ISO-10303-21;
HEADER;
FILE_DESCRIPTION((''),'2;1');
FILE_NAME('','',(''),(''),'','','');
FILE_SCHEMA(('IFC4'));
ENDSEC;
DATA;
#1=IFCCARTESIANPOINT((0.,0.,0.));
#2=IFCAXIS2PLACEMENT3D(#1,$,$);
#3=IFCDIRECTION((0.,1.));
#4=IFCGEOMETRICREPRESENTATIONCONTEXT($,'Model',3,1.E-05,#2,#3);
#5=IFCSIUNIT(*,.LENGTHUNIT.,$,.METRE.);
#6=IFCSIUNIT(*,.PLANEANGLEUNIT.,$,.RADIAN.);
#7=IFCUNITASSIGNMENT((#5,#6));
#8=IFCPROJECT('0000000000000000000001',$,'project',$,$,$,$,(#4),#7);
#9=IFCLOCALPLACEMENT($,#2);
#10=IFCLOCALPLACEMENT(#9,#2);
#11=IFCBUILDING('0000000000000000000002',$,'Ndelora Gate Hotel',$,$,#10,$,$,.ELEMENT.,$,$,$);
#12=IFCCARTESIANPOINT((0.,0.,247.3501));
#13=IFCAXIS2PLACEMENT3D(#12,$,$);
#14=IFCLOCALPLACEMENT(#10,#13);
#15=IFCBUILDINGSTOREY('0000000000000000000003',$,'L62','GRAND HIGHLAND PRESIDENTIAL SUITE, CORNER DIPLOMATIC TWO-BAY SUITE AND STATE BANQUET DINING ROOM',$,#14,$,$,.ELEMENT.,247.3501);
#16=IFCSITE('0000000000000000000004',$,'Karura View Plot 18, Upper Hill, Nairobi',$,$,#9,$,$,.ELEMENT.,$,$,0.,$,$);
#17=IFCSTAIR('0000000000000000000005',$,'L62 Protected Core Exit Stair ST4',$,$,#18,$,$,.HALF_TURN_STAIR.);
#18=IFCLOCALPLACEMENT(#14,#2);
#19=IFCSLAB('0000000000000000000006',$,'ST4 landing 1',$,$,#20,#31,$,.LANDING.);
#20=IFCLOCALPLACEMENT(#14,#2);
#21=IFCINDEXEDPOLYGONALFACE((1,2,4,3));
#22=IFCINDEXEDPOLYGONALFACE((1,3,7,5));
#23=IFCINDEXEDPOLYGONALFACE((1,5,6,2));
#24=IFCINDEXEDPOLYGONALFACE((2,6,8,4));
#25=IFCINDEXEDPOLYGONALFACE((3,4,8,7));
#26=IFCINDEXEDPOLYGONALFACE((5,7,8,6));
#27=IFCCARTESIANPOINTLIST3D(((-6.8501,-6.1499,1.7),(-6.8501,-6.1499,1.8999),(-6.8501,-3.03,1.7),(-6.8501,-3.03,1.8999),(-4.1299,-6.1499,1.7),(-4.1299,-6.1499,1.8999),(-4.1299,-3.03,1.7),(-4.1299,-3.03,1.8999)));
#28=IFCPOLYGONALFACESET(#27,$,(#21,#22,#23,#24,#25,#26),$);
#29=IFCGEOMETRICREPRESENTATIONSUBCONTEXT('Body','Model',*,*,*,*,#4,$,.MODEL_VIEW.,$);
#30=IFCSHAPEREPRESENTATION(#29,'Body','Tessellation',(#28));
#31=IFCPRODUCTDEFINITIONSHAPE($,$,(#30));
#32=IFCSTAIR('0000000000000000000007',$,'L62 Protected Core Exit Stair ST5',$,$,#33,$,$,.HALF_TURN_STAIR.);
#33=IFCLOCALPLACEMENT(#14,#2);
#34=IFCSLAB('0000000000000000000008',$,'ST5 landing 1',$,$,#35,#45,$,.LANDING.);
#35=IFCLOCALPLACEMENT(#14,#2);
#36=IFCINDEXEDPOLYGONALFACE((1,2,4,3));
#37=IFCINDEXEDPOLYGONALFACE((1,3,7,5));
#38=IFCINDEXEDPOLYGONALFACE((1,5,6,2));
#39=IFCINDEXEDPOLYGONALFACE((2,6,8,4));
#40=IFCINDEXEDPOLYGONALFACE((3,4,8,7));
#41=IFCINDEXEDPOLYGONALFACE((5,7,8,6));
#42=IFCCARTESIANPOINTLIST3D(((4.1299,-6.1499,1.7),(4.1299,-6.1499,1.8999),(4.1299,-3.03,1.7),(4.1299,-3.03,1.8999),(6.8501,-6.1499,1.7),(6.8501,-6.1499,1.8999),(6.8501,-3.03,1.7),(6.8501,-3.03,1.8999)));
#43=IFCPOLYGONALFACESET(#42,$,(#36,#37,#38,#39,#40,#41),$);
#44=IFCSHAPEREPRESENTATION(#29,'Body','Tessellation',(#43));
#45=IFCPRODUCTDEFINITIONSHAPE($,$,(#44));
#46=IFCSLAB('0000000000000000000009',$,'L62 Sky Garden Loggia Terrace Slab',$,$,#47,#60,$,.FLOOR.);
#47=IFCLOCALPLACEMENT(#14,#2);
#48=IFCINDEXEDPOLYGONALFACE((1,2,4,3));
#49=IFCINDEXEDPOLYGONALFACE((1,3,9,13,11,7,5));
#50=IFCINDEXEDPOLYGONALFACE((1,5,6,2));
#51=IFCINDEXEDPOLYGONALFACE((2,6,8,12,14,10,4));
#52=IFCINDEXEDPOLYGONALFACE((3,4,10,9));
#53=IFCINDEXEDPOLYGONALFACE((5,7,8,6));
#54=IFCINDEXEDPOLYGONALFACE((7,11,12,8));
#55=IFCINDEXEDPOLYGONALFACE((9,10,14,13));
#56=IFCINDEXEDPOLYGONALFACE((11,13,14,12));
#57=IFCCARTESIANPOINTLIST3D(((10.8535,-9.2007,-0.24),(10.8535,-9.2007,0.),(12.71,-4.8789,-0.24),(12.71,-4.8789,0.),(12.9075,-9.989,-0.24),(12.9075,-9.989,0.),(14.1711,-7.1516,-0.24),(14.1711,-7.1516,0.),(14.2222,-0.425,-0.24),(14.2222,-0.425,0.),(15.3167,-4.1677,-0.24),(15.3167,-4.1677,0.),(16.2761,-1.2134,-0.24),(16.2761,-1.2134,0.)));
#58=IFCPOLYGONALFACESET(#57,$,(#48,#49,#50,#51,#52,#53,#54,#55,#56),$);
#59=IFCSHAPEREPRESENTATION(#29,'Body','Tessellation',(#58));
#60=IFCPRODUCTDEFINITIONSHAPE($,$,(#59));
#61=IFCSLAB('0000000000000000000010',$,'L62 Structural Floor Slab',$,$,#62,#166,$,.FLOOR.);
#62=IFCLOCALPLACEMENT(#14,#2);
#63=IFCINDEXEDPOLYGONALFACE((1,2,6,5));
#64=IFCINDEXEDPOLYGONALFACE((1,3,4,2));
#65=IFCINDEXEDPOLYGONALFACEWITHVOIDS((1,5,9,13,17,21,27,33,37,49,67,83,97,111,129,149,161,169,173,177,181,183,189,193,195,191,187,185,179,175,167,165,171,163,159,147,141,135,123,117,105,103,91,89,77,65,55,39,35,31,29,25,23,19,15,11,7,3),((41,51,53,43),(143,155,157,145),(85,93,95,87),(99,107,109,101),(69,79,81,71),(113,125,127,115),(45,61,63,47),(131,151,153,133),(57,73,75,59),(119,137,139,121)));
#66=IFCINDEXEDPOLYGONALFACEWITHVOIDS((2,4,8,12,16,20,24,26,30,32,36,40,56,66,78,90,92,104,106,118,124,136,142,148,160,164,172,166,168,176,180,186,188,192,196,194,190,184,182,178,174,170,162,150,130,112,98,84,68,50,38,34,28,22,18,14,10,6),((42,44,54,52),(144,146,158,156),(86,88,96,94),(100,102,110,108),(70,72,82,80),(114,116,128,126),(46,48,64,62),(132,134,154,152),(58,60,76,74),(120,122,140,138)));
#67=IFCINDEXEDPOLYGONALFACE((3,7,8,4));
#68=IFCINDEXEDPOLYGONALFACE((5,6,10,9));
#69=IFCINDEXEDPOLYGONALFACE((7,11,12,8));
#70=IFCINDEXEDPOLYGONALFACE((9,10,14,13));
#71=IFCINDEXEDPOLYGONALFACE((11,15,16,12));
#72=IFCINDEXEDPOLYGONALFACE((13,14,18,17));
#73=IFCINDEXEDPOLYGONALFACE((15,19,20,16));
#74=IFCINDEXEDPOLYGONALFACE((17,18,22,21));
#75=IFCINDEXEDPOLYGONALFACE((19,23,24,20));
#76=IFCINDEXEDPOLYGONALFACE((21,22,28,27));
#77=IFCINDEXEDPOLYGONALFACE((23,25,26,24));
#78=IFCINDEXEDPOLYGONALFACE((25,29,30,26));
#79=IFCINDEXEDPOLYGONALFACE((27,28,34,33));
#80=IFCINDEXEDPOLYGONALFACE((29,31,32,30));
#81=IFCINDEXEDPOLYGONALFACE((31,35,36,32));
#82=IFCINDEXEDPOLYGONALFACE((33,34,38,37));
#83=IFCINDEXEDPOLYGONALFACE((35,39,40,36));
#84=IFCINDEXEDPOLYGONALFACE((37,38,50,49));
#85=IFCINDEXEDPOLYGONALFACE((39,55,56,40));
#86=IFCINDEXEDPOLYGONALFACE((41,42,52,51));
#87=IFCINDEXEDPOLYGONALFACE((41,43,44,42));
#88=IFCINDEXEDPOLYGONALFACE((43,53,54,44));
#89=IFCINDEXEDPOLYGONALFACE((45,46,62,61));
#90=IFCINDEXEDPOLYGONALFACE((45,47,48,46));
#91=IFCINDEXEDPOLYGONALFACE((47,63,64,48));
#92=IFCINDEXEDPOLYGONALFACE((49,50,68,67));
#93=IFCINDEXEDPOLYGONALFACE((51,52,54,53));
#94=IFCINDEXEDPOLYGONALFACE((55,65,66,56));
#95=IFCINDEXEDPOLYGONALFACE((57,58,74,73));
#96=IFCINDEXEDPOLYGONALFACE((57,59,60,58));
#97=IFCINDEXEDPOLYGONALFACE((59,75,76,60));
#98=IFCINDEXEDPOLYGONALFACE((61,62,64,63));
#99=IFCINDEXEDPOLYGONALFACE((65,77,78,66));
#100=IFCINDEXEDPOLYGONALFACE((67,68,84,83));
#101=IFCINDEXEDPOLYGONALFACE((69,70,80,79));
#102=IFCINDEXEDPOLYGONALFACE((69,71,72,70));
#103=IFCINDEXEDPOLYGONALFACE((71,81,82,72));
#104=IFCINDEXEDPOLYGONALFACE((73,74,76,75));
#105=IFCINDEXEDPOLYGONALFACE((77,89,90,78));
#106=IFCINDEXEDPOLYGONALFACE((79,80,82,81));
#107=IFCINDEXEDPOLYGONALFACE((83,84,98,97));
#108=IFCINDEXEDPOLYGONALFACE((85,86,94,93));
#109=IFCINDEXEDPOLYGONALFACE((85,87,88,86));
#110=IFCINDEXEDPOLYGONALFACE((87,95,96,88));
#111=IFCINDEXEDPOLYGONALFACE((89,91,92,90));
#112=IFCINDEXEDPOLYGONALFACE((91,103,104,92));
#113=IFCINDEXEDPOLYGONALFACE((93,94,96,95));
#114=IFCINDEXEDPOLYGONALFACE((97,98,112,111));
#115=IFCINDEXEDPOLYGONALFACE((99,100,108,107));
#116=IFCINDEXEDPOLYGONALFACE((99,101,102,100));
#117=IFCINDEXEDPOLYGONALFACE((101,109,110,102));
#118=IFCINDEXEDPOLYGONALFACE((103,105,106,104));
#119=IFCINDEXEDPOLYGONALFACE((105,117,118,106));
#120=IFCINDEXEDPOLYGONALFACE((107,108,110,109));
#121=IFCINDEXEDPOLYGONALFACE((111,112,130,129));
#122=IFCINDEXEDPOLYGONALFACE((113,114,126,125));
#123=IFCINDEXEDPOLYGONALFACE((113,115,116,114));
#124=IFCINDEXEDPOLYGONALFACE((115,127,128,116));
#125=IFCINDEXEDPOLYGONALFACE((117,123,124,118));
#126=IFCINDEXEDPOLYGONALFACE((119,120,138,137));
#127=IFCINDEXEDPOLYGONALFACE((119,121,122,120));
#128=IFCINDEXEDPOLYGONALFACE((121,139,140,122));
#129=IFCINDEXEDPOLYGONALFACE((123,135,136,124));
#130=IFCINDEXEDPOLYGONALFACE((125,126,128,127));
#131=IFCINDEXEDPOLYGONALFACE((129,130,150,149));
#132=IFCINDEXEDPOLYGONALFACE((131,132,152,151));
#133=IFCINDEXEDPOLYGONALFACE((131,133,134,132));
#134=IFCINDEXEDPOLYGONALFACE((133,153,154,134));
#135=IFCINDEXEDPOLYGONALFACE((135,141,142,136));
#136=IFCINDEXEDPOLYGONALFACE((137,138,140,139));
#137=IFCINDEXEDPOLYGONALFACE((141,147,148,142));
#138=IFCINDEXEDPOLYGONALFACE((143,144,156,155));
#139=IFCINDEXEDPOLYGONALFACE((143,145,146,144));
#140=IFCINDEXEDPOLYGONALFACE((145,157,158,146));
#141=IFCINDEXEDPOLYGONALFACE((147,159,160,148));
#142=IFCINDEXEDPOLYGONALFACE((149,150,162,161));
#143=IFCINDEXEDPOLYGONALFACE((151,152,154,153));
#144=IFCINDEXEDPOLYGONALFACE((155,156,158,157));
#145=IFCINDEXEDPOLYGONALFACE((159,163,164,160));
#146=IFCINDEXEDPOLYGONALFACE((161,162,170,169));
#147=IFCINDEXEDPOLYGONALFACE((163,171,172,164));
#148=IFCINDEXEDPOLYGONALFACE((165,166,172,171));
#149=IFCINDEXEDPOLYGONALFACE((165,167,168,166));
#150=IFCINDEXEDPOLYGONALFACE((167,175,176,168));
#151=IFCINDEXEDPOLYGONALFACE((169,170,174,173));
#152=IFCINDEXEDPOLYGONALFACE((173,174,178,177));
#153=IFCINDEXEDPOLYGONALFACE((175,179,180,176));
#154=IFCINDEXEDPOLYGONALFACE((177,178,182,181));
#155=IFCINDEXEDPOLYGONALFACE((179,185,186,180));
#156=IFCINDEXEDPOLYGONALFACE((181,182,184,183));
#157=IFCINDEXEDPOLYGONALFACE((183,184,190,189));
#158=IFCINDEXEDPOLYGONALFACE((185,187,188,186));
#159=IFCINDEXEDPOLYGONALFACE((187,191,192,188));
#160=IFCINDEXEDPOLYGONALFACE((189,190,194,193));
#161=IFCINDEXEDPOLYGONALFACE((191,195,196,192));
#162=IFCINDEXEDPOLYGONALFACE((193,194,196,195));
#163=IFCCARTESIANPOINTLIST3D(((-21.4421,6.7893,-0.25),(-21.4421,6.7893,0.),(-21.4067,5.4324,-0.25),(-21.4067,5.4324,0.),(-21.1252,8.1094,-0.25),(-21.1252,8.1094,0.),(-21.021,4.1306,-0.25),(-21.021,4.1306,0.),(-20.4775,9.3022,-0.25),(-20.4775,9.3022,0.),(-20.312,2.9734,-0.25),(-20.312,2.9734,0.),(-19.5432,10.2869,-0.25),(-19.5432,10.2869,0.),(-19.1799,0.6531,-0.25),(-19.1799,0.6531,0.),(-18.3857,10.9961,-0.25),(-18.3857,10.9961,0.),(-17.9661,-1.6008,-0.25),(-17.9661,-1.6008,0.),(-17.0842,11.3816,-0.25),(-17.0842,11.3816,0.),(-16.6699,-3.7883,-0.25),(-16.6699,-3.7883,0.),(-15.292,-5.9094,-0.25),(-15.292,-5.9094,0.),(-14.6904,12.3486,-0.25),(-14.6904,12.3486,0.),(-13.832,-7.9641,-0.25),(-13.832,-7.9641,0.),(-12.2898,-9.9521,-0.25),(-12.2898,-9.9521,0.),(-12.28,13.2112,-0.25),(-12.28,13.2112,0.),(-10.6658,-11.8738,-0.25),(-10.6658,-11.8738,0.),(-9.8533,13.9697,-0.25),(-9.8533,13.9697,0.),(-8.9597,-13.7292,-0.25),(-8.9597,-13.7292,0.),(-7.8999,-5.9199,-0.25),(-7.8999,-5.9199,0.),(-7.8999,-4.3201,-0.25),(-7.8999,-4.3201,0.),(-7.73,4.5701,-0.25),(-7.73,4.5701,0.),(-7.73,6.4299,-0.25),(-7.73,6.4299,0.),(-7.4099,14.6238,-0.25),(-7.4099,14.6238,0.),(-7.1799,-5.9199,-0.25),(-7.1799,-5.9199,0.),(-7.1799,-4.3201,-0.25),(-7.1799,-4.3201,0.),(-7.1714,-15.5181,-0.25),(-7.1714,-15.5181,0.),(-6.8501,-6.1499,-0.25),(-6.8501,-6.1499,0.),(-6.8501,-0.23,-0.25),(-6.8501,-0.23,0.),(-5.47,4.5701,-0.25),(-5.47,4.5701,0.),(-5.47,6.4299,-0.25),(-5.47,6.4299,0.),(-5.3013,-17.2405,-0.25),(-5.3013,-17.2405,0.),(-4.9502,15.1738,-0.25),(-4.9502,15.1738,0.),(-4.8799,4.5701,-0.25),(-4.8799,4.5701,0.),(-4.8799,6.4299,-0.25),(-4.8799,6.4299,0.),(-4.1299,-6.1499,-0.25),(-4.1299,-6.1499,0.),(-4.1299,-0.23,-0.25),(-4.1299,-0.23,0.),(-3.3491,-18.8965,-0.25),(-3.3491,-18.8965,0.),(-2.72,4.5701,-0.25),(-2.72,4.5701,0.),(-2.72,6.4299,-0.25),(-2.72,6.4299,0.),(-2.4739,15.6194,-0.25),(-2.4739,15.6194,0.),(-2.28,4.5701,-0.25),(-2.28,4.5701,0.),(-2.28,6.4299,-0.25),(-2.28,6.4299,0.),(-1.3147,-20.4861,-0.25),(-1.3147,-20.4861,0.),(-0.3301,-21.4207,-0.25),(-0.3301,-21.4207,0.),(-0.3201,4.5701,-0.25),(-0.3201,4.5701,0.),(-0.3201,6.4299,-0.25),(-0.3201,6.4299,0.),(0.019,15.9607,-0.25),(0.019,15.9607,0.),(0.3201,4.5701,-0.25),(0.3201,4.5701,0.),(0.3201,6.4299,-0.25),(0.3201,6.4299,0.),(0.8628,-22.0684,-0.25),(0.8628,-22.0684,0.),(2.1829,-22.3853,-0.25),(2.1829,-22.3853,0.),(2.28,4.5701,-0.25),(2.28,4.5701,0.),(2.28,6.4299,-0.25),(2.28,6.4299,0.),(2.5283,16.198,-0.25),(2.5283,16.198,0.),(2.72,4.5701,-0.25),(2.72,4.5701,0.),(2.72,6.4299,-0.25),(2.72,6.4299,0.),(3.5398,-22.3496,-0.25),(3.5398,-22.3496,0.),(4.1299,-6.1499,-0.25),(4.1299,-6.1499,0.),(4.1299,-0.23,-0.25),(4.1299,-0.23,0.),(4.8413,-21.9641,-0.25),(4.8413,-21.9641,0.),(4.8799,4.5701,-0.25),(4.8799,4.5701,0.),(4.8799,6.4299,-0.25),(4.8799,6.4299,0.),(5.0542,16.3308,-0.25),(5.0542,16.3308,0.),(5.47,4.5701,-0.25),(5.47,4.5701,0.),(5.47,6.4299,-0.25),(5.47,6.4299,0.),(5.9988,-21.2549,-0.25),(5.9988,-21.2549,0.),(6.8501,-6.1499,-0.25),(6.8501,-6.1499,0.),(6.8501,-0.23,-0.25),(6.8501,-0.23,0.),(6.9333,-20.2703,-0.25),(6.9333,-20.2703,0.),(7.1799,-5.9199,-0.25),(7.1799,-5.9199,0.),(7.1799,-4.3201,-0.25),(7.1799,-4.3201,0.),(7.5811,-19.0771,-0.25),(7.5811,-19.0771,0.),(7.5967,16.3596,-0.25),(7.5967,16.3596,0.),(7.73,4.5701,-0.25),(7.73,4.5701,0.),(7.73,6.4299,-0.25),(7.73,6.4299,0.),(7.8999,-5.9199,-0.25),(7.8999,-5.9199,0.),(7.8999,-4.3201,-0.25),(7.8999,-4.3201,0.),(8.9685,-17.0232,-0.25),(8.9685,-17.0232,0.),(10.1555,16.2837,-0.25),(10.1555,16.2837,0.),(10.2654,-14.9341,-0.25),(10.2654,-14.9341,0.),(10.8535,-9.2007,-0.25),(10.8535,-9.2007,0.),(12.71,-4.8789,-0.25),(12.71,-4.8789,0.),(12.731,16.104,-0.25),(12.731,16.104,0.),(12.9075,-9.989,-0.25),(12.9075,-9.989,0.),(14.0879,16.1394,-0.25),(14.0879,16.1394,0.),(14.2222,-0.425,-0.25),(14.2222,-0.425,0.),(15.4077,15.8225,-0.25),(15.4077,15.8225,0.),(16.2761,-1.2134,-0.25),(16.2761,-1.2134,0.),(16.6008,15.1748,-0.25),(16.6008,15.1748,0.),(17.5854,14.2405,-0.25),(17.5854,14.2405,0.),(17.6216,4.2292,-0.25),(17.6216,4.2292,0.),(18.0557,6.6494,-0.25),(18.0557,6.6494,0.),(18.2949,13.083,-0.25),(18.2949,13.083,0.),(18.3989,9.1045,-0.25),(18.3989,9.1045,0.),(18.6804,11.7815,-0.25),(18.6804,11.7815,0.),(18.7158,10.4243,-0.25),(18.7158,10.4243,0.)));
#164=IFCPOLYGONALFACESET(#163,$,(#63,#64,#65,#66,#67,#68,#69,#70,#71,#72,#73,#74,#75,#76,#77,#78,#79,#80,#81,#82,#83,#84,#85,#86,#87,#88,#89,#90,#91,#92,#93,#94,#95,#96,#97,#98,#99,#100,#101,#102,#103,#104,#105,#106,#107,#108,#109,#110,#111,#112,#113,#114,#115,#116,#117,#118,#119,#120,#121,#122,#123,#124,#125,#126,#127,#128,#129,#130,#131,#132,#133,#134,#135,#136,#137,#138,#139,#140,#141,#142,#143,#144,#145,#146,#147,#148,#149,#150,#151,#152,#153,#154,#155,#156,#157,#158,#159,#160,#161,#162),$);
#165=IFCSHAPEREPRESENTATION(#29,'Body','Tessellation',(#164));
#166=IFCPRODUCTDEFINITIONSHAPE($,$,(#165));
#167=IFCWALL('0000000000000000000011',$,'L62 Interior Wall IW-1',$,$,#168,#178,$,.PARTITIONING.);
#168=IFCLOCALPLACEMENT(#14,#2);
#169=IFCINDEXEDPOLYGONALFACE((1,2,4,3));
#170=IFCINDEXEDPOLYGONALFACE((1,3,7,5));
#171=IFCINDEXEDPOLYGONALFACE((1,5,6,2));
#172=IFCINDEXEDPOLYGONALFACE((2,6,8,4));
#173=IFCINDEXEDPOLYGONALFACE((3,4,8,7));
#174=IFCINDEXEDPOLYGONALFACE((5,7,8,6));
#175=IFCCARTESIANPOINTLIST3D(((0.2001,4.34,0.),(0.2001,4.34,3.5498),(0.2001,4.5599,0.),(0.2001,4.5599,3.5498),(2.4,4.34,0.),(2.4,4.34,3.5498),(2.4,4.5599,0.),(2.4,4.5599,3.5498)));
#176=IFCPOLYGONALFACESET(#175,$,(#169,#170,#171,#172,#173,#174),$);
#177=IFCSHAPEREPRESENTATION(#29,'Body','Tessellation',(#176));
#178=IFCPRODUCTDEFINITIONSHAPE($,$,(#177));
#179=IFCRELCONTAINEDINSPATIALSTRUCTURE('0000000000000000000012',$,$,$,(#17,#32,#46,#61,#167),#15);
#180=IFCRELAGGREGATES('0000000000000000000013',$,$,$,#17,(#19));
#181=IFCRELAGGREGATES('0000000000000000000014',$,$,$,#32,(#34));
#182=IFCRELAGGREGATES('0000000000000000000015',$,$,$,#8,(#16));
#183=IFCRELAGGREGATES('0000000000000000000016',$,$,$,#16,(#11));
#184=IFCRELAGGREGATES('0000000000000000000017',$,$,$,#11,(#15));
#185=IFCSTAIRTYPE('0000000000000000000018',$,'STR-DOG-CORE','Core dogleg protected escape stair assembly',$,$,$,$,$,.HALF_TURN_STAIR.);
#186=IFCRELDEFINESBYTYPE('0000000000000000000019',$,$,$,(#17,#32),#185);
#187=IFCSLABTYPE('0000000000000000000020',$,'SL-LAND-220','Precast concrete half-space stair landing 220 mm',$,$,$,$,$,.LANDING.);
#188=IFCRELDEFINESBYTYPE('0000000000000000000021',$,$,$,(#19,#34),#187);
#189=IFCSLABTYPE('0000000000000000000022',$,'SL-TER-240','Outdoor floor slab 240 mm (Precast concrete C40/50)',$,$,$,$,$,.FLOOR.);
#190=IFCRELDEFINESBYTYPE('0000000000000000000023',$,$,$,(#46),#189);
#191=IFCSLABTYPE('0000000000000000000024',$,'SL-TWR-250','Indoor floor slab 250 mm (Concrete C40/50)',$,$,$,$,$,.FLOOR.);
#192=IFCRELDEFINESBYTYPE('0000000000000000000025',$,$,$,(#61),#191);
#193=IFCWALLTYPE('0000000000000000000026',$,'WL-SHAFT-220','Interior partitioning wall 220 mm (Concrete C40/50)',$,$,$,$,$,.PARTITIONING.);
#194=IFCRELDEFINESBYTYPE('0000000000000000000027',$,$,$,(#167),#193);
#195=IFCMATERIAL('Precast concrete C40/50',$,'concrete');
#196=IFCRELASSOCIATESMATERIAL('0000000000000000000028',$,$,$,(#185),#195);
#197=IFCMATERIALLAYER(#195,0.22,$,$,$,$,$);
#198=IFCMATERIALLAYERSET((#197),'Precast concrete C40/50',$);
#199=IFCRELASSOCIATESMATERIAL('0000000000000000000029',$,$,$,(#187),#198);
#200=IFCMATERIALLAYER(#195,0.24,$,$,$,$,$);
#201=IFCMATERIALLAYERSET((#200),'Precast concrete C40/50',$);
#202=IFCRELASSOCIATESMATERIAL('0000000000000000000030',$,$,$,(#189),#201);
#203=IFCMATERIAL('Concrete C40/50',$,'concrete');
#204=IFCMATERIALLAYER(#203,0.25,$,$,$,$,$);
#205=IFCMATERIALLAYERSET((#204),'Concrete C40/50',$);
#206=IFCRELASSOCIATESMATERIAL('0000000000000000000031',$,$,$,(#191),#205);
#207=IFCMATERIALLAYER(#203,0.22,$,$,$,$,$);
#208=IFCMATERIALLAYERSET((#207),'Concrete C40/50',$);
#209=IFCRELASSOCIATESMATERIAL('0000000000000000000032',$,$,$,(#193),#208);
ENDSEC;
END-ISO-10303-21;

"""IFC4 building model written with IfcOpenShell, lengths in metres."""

from ifc_helpers import new_model, si_unit, direction, frame, frame_2d, origin, place, context, subcontext, project, spatial, polyline, rectangle, outline, extrude, material, layer, layer_set, type_object, element, aggregate, save


model = new_model("IFC4")

# Units and contexts
model_context = context("Model", 3, precision=1e-05, world=origin(), true_north=direction((0.0, 1.0)))
body_context = subcontext(model_context, "Body", "Model", "MODEL_VIEW")
ifc_project = project(units=[si_unit("LENGTHUNIT", "METRE"), si_unit("PLANEANGLEUNIT", "RADIAN")], contexts=[model_context])

# Site, building, storey
site_placement = place(None, origin())
site = spatial("IfcSite", under=ifc_project, at=site_placement, Name="Karura View Plot 18, Upper Hill, Nairobi", CompositionType="ELEMENT", RefElevation=0.0)
building_placement = place(site_placement, origin())
building = spatial("IfcBuilding", under=site, at=building_placement, Name="Ndelora Gate Hotel", CompositionType="ELEMENT")
storey_placement = place(building_placement, frame((0.0, 0.0, 247.3501)))
storey = spatial("IfcBuildingStorey", under=building, at=storey_placement, Name="L62", Description="GRAND HIGHLAND PRESIDENTIAL SUITE, CORNER DIPLOMATIC TWO-BAY SUITE AND STATE BANQUET DINING ROOM", CompositionType="ELEMENT", Elevation=247.3501)

# Stairs, slabs
ifc_material_1 = material(Name="Precast concrete C40/50", Category="concrete")
stair_type = type_object("IfcStairType", Name="STR-DOG-CORE", Description="Core dogleg protected escape stair assembly", PredefinedType="HALF_TURN_STAIR", material=ifc_material_1)
stair_1_placement = place(storey_placement, origin())
stair_1 = element("IfcStair", 1, at=stair_1_placement, inside=storey, type_object=stair_type, Name="L62 Protected Core Exit Stair ST4", PredefinedType="HALF_TURN_STAIR")
ifc_layer_1 = layer(ifc_material_1, 0.22)
ifc_layer_set_1 = layer_set([ifc_layer_1], Name="Precast concrete C40/50")
slab_type_1 = type_object("IfcSlabType", Name="SL-LAND-220", Description="Precast concrete half-space stair landing 220 mm", PredefinedType="LANDING", material=ifc_layer_set_1)
slab_1_placement = place(storey_placement, frame((0.0, 0.0, 1.7)))
slab_1 = element("IfcSlab", 2, at=slab_1_placement, type_object=slab_type_1, Name="ST4 landing 1", PredefinedType="LANDING", context=body_context, shape_type="SweptSolid", body=[
    extrude(outline(polyline([(-6.8501, -3.03), (-6.8501, -6.1499), (-4.1299, -6.1499), (-4.1299, -3.03), (-6.8501, -3.03)])), origin(), (0.0, 0.0, 1.0), 0.2),
])
aggregate(stair_1, [slab_1])
stair_2_placement = place(storey_placement, origin())
stair_2 = element("IfcStair", 3, at=stair_2_placement, inside=storey, type_object=stair_type, Name="L62 Protected Core Exit Stair ST5", PredefinedType="HALF_TURN_STAIR")
slab_2_placement = place(storey_placement, frame((0.0, 0.0, 1.7)))
slab_2 = element("IfcSlab", 4, at=slab_2_placement, type_object=slab_type_1, Name="ST5 landing 1", PredefinedType="LANDING", context=body_context, shape_type="SweptSolid", body=[
    extrude(outline(polyline([(4.1299, -3.03), (4.1299, -6.1499), (6.8501, -6.1499), (6.8501, -3.03), (4.1299, -3.03)])), origin(), (0.0, 0.0, 1.0), 0.2),
])
aggregate(stair_2, [slab_2])

# Slabs
ifc_layer_2 = layer(ifc_material_1, 0.24)
ifc_layer_set_2 = layer_set([ifc_layer_2], Name="Precast concrete C40/50")
slab_type_2 = type_object("IfcSlabType", Name="SL-TER-240", Description="Outdoor floor slab 240 mm (Precast concrete C40/50)", PredefinedType="FLOOR", material=ifc_layer_set_2)
slab_3_placement = place(storey_placement, frame((0.0, 0.0, -0.24)))
element("IfcSlab", 5, at=slab_3_placement, inside=storey, type_object=slab_type_2, Name="L62 Sky Garden Loggia Terrace Slab", PredefinedType="FLOOR", context=body_context, shape_type="SweptSolid", body=[
    extrude(outline(polyline([(10.8535, -9.2007), (12.9075, -9.989), (14.1711, -7.1516), (15.3167, -4.1677), (16.2761, -1.2134), (14.2222, -0.425), (12.71, -4.8789), (10.8535, -9.2007)])), origin(), (0.0, 0.0, 1.0), 0.24),
])
ifc_material_2 = material(Name="Concrete C40/50", Category="concrete")
ifc_layer_3 = layer(ifc_material_2, 0.25)
ifc_layer_set_3 = layer_set([ifc_layer_3], Name="Concrete C40/50")
slab_type_3 = type_object("IfcSlabType", Name="SL-TWR-250", Description="Indoor floor slab 250 mm (Concrete C40/50)", PredefinedType="FLOOR", material=ifc_layer_set_3)
slab_4_placement = place(storey_placement, frame((0.0, 0.0, -0.25)))
element("IfcSlab", 6, at=slab_4_placement, inside=storey, type_object=slab_type_3, Name="L62 Structural Floor Slab", PredefinedType="FLOOR", context=body_context, shape_type="SweptSolid", body=[
    extrude(outline(polyline([(-17.0842, 11.3816), (-18.3857, 10.9961), (-19.5432, 10.2869), (-20.4775, 9.3022), (-21.1252, 8.1094), (-21.4421, 6.7893), (-21.4067, 5.4324), (-21.021, 4.1306), (-20.312, 2.9734), (-19.1799, 0.6531), (-17.9661, -1.6008), (-16.6699, -3.7883), (-15.292, -5.9094), (-13.832, -7.9641), (-12.2898, -9.9521), (-10.6658, -11.8738), (-8.9597, -13.7292), (-7.1714, -15.5181), (-5.3013, -17.2405), (-3.3491, -18.8965), (-1.3147, -20.4861), (-0.3301, -21.4207), (0.8628, -22.0684), (2.1829, -22.3853), (3.5398, -22.3496), (4.8413, -21.9641), (5.9988, -21.2549), (6.9333, -20.2703), (7.5811, -19.0771), (8.9685, -17.0232), (10.2654, -14.9341), (12.9075, -9.989), (10.8535, -9.2007), (12.71, -4.8789), (14.2222, -0.425), (16.2761, -1.2134), (17.6216, 4.2292), (18.0557, 6.6494), (18.3989, 9.1045), (18.7158, 10.4243), (18.6804, 11.7815), (18.2949, 13.083), (17.5854, 14.2405), (16.6008, 15.1748), (15.4077, 15.8225), (14.0879, 16.1394), (12.731, 16.104), (10.1555, 16.2837), (7.5967, 16.3596), (5.0542, 16.3308), (2.5283, 16.198), (0.019, 15.9607), (-2.4739, 15.6194), (-4.9502, 15.1738), (-7.4099, 14.6238), (-9.8533, 13.9697), (-12.28, 13.2112), (-14.6904, 12.3486), (-17.0842, 11.3816)]), holes=[polyline([(-6.8501, -0.23), (-6.8501, -6.1499), (-4.1299, -6.1499), (-4.1299, -0.23), (-6.8501, -0.23)]), polyline([(4.1299, -0.23), (4.1299, -6.1499), (6.8501, -6.1499), (6.8501, -0.23), (4.1299, -0.23)]), polyline([(-7.73, 4.5701), (-5.47, 4.5701), (-5.47, 6.4299), (-7.73, 6.4299), (-7.73, 4.5701)]), polyline([(5.47, 4.5701), (7.73, 4.5701), (7.73, 6.4299), (5.47, 6.4299), (5.47, 4.5701)]), polyline([(-4.8799, 4.5701), (-2.72, 4.5701), (-2.72, 6.4299), (-4.8799, 6.4299), (-4.8799, 4.5701)]), polyline([(2.72, 4.5701), (4.8799, 4.5701), (4.8799, 6.4299), (2.72, 6.4299), (2.72, 4.5701)]), polyline([(-2.28, 4.5701), (-0.3201, 4.5701), (-0.3201, 6.4299), (-2.28, 6.4299), (-2.28, 4.5701)]), polyline([(0.3201, 4.5701), (2.28, 4.5701), (2.28, 6.4299), (0.3201, 6.4299), (0.3201, 4.5701)]), polyline([(-7.8999, -5.9199), (-7.1799, -5.9199), (-7.1799, -4.3201), (-7.8999, -4.3201), (-7.8999, -5.9199)]), polyline([(7.1799, -5.9199), (7.8999, -5.9199), (7.8999, -4.3201), (7.1799, -4.3201), (7.1799, -5.9199)])]), origin(), (0.0, 0.0, 1.0), 0.25),
])

# Shared definitions
ifc_layer_4 = layer(ifc_material_2, 0.22)
ifc_layer_set_4 = layer_set([ifc_layer_4], Name="Concrete C40/50")
wall_type_1 = type_object("IfcWallType", Name="WL-SHAFT-220", Description="Interior partitioning wall 220 mm (Concrete C40/50)", PredefinedType="PARTITIONING", material=ifc_layer_set_4)

# Wall
wall_1_placement = place(storey_placement, frame((0.2, 4.45, 0.0), z_axis=(0.0, 0.0, 1.0), x_axis=(1.0, 0.0, 0.0)))
element("IfcWall", 7, at=wall_1_placement, inside=storey, type_object=wall_type_1, Name="L62 Interior Wall IW-1", PredefinedType="PARTITIONING", context=body_context, shape_type="SweptSolid", body=[
    extrude(rectangle(XDim=2.2, YDim=0.22, at=frame_2d((1.1001, 0.0))), origin(), (0.0, 0.0, 1.0), 3.5498),
])

save(model, "model.ifc")
